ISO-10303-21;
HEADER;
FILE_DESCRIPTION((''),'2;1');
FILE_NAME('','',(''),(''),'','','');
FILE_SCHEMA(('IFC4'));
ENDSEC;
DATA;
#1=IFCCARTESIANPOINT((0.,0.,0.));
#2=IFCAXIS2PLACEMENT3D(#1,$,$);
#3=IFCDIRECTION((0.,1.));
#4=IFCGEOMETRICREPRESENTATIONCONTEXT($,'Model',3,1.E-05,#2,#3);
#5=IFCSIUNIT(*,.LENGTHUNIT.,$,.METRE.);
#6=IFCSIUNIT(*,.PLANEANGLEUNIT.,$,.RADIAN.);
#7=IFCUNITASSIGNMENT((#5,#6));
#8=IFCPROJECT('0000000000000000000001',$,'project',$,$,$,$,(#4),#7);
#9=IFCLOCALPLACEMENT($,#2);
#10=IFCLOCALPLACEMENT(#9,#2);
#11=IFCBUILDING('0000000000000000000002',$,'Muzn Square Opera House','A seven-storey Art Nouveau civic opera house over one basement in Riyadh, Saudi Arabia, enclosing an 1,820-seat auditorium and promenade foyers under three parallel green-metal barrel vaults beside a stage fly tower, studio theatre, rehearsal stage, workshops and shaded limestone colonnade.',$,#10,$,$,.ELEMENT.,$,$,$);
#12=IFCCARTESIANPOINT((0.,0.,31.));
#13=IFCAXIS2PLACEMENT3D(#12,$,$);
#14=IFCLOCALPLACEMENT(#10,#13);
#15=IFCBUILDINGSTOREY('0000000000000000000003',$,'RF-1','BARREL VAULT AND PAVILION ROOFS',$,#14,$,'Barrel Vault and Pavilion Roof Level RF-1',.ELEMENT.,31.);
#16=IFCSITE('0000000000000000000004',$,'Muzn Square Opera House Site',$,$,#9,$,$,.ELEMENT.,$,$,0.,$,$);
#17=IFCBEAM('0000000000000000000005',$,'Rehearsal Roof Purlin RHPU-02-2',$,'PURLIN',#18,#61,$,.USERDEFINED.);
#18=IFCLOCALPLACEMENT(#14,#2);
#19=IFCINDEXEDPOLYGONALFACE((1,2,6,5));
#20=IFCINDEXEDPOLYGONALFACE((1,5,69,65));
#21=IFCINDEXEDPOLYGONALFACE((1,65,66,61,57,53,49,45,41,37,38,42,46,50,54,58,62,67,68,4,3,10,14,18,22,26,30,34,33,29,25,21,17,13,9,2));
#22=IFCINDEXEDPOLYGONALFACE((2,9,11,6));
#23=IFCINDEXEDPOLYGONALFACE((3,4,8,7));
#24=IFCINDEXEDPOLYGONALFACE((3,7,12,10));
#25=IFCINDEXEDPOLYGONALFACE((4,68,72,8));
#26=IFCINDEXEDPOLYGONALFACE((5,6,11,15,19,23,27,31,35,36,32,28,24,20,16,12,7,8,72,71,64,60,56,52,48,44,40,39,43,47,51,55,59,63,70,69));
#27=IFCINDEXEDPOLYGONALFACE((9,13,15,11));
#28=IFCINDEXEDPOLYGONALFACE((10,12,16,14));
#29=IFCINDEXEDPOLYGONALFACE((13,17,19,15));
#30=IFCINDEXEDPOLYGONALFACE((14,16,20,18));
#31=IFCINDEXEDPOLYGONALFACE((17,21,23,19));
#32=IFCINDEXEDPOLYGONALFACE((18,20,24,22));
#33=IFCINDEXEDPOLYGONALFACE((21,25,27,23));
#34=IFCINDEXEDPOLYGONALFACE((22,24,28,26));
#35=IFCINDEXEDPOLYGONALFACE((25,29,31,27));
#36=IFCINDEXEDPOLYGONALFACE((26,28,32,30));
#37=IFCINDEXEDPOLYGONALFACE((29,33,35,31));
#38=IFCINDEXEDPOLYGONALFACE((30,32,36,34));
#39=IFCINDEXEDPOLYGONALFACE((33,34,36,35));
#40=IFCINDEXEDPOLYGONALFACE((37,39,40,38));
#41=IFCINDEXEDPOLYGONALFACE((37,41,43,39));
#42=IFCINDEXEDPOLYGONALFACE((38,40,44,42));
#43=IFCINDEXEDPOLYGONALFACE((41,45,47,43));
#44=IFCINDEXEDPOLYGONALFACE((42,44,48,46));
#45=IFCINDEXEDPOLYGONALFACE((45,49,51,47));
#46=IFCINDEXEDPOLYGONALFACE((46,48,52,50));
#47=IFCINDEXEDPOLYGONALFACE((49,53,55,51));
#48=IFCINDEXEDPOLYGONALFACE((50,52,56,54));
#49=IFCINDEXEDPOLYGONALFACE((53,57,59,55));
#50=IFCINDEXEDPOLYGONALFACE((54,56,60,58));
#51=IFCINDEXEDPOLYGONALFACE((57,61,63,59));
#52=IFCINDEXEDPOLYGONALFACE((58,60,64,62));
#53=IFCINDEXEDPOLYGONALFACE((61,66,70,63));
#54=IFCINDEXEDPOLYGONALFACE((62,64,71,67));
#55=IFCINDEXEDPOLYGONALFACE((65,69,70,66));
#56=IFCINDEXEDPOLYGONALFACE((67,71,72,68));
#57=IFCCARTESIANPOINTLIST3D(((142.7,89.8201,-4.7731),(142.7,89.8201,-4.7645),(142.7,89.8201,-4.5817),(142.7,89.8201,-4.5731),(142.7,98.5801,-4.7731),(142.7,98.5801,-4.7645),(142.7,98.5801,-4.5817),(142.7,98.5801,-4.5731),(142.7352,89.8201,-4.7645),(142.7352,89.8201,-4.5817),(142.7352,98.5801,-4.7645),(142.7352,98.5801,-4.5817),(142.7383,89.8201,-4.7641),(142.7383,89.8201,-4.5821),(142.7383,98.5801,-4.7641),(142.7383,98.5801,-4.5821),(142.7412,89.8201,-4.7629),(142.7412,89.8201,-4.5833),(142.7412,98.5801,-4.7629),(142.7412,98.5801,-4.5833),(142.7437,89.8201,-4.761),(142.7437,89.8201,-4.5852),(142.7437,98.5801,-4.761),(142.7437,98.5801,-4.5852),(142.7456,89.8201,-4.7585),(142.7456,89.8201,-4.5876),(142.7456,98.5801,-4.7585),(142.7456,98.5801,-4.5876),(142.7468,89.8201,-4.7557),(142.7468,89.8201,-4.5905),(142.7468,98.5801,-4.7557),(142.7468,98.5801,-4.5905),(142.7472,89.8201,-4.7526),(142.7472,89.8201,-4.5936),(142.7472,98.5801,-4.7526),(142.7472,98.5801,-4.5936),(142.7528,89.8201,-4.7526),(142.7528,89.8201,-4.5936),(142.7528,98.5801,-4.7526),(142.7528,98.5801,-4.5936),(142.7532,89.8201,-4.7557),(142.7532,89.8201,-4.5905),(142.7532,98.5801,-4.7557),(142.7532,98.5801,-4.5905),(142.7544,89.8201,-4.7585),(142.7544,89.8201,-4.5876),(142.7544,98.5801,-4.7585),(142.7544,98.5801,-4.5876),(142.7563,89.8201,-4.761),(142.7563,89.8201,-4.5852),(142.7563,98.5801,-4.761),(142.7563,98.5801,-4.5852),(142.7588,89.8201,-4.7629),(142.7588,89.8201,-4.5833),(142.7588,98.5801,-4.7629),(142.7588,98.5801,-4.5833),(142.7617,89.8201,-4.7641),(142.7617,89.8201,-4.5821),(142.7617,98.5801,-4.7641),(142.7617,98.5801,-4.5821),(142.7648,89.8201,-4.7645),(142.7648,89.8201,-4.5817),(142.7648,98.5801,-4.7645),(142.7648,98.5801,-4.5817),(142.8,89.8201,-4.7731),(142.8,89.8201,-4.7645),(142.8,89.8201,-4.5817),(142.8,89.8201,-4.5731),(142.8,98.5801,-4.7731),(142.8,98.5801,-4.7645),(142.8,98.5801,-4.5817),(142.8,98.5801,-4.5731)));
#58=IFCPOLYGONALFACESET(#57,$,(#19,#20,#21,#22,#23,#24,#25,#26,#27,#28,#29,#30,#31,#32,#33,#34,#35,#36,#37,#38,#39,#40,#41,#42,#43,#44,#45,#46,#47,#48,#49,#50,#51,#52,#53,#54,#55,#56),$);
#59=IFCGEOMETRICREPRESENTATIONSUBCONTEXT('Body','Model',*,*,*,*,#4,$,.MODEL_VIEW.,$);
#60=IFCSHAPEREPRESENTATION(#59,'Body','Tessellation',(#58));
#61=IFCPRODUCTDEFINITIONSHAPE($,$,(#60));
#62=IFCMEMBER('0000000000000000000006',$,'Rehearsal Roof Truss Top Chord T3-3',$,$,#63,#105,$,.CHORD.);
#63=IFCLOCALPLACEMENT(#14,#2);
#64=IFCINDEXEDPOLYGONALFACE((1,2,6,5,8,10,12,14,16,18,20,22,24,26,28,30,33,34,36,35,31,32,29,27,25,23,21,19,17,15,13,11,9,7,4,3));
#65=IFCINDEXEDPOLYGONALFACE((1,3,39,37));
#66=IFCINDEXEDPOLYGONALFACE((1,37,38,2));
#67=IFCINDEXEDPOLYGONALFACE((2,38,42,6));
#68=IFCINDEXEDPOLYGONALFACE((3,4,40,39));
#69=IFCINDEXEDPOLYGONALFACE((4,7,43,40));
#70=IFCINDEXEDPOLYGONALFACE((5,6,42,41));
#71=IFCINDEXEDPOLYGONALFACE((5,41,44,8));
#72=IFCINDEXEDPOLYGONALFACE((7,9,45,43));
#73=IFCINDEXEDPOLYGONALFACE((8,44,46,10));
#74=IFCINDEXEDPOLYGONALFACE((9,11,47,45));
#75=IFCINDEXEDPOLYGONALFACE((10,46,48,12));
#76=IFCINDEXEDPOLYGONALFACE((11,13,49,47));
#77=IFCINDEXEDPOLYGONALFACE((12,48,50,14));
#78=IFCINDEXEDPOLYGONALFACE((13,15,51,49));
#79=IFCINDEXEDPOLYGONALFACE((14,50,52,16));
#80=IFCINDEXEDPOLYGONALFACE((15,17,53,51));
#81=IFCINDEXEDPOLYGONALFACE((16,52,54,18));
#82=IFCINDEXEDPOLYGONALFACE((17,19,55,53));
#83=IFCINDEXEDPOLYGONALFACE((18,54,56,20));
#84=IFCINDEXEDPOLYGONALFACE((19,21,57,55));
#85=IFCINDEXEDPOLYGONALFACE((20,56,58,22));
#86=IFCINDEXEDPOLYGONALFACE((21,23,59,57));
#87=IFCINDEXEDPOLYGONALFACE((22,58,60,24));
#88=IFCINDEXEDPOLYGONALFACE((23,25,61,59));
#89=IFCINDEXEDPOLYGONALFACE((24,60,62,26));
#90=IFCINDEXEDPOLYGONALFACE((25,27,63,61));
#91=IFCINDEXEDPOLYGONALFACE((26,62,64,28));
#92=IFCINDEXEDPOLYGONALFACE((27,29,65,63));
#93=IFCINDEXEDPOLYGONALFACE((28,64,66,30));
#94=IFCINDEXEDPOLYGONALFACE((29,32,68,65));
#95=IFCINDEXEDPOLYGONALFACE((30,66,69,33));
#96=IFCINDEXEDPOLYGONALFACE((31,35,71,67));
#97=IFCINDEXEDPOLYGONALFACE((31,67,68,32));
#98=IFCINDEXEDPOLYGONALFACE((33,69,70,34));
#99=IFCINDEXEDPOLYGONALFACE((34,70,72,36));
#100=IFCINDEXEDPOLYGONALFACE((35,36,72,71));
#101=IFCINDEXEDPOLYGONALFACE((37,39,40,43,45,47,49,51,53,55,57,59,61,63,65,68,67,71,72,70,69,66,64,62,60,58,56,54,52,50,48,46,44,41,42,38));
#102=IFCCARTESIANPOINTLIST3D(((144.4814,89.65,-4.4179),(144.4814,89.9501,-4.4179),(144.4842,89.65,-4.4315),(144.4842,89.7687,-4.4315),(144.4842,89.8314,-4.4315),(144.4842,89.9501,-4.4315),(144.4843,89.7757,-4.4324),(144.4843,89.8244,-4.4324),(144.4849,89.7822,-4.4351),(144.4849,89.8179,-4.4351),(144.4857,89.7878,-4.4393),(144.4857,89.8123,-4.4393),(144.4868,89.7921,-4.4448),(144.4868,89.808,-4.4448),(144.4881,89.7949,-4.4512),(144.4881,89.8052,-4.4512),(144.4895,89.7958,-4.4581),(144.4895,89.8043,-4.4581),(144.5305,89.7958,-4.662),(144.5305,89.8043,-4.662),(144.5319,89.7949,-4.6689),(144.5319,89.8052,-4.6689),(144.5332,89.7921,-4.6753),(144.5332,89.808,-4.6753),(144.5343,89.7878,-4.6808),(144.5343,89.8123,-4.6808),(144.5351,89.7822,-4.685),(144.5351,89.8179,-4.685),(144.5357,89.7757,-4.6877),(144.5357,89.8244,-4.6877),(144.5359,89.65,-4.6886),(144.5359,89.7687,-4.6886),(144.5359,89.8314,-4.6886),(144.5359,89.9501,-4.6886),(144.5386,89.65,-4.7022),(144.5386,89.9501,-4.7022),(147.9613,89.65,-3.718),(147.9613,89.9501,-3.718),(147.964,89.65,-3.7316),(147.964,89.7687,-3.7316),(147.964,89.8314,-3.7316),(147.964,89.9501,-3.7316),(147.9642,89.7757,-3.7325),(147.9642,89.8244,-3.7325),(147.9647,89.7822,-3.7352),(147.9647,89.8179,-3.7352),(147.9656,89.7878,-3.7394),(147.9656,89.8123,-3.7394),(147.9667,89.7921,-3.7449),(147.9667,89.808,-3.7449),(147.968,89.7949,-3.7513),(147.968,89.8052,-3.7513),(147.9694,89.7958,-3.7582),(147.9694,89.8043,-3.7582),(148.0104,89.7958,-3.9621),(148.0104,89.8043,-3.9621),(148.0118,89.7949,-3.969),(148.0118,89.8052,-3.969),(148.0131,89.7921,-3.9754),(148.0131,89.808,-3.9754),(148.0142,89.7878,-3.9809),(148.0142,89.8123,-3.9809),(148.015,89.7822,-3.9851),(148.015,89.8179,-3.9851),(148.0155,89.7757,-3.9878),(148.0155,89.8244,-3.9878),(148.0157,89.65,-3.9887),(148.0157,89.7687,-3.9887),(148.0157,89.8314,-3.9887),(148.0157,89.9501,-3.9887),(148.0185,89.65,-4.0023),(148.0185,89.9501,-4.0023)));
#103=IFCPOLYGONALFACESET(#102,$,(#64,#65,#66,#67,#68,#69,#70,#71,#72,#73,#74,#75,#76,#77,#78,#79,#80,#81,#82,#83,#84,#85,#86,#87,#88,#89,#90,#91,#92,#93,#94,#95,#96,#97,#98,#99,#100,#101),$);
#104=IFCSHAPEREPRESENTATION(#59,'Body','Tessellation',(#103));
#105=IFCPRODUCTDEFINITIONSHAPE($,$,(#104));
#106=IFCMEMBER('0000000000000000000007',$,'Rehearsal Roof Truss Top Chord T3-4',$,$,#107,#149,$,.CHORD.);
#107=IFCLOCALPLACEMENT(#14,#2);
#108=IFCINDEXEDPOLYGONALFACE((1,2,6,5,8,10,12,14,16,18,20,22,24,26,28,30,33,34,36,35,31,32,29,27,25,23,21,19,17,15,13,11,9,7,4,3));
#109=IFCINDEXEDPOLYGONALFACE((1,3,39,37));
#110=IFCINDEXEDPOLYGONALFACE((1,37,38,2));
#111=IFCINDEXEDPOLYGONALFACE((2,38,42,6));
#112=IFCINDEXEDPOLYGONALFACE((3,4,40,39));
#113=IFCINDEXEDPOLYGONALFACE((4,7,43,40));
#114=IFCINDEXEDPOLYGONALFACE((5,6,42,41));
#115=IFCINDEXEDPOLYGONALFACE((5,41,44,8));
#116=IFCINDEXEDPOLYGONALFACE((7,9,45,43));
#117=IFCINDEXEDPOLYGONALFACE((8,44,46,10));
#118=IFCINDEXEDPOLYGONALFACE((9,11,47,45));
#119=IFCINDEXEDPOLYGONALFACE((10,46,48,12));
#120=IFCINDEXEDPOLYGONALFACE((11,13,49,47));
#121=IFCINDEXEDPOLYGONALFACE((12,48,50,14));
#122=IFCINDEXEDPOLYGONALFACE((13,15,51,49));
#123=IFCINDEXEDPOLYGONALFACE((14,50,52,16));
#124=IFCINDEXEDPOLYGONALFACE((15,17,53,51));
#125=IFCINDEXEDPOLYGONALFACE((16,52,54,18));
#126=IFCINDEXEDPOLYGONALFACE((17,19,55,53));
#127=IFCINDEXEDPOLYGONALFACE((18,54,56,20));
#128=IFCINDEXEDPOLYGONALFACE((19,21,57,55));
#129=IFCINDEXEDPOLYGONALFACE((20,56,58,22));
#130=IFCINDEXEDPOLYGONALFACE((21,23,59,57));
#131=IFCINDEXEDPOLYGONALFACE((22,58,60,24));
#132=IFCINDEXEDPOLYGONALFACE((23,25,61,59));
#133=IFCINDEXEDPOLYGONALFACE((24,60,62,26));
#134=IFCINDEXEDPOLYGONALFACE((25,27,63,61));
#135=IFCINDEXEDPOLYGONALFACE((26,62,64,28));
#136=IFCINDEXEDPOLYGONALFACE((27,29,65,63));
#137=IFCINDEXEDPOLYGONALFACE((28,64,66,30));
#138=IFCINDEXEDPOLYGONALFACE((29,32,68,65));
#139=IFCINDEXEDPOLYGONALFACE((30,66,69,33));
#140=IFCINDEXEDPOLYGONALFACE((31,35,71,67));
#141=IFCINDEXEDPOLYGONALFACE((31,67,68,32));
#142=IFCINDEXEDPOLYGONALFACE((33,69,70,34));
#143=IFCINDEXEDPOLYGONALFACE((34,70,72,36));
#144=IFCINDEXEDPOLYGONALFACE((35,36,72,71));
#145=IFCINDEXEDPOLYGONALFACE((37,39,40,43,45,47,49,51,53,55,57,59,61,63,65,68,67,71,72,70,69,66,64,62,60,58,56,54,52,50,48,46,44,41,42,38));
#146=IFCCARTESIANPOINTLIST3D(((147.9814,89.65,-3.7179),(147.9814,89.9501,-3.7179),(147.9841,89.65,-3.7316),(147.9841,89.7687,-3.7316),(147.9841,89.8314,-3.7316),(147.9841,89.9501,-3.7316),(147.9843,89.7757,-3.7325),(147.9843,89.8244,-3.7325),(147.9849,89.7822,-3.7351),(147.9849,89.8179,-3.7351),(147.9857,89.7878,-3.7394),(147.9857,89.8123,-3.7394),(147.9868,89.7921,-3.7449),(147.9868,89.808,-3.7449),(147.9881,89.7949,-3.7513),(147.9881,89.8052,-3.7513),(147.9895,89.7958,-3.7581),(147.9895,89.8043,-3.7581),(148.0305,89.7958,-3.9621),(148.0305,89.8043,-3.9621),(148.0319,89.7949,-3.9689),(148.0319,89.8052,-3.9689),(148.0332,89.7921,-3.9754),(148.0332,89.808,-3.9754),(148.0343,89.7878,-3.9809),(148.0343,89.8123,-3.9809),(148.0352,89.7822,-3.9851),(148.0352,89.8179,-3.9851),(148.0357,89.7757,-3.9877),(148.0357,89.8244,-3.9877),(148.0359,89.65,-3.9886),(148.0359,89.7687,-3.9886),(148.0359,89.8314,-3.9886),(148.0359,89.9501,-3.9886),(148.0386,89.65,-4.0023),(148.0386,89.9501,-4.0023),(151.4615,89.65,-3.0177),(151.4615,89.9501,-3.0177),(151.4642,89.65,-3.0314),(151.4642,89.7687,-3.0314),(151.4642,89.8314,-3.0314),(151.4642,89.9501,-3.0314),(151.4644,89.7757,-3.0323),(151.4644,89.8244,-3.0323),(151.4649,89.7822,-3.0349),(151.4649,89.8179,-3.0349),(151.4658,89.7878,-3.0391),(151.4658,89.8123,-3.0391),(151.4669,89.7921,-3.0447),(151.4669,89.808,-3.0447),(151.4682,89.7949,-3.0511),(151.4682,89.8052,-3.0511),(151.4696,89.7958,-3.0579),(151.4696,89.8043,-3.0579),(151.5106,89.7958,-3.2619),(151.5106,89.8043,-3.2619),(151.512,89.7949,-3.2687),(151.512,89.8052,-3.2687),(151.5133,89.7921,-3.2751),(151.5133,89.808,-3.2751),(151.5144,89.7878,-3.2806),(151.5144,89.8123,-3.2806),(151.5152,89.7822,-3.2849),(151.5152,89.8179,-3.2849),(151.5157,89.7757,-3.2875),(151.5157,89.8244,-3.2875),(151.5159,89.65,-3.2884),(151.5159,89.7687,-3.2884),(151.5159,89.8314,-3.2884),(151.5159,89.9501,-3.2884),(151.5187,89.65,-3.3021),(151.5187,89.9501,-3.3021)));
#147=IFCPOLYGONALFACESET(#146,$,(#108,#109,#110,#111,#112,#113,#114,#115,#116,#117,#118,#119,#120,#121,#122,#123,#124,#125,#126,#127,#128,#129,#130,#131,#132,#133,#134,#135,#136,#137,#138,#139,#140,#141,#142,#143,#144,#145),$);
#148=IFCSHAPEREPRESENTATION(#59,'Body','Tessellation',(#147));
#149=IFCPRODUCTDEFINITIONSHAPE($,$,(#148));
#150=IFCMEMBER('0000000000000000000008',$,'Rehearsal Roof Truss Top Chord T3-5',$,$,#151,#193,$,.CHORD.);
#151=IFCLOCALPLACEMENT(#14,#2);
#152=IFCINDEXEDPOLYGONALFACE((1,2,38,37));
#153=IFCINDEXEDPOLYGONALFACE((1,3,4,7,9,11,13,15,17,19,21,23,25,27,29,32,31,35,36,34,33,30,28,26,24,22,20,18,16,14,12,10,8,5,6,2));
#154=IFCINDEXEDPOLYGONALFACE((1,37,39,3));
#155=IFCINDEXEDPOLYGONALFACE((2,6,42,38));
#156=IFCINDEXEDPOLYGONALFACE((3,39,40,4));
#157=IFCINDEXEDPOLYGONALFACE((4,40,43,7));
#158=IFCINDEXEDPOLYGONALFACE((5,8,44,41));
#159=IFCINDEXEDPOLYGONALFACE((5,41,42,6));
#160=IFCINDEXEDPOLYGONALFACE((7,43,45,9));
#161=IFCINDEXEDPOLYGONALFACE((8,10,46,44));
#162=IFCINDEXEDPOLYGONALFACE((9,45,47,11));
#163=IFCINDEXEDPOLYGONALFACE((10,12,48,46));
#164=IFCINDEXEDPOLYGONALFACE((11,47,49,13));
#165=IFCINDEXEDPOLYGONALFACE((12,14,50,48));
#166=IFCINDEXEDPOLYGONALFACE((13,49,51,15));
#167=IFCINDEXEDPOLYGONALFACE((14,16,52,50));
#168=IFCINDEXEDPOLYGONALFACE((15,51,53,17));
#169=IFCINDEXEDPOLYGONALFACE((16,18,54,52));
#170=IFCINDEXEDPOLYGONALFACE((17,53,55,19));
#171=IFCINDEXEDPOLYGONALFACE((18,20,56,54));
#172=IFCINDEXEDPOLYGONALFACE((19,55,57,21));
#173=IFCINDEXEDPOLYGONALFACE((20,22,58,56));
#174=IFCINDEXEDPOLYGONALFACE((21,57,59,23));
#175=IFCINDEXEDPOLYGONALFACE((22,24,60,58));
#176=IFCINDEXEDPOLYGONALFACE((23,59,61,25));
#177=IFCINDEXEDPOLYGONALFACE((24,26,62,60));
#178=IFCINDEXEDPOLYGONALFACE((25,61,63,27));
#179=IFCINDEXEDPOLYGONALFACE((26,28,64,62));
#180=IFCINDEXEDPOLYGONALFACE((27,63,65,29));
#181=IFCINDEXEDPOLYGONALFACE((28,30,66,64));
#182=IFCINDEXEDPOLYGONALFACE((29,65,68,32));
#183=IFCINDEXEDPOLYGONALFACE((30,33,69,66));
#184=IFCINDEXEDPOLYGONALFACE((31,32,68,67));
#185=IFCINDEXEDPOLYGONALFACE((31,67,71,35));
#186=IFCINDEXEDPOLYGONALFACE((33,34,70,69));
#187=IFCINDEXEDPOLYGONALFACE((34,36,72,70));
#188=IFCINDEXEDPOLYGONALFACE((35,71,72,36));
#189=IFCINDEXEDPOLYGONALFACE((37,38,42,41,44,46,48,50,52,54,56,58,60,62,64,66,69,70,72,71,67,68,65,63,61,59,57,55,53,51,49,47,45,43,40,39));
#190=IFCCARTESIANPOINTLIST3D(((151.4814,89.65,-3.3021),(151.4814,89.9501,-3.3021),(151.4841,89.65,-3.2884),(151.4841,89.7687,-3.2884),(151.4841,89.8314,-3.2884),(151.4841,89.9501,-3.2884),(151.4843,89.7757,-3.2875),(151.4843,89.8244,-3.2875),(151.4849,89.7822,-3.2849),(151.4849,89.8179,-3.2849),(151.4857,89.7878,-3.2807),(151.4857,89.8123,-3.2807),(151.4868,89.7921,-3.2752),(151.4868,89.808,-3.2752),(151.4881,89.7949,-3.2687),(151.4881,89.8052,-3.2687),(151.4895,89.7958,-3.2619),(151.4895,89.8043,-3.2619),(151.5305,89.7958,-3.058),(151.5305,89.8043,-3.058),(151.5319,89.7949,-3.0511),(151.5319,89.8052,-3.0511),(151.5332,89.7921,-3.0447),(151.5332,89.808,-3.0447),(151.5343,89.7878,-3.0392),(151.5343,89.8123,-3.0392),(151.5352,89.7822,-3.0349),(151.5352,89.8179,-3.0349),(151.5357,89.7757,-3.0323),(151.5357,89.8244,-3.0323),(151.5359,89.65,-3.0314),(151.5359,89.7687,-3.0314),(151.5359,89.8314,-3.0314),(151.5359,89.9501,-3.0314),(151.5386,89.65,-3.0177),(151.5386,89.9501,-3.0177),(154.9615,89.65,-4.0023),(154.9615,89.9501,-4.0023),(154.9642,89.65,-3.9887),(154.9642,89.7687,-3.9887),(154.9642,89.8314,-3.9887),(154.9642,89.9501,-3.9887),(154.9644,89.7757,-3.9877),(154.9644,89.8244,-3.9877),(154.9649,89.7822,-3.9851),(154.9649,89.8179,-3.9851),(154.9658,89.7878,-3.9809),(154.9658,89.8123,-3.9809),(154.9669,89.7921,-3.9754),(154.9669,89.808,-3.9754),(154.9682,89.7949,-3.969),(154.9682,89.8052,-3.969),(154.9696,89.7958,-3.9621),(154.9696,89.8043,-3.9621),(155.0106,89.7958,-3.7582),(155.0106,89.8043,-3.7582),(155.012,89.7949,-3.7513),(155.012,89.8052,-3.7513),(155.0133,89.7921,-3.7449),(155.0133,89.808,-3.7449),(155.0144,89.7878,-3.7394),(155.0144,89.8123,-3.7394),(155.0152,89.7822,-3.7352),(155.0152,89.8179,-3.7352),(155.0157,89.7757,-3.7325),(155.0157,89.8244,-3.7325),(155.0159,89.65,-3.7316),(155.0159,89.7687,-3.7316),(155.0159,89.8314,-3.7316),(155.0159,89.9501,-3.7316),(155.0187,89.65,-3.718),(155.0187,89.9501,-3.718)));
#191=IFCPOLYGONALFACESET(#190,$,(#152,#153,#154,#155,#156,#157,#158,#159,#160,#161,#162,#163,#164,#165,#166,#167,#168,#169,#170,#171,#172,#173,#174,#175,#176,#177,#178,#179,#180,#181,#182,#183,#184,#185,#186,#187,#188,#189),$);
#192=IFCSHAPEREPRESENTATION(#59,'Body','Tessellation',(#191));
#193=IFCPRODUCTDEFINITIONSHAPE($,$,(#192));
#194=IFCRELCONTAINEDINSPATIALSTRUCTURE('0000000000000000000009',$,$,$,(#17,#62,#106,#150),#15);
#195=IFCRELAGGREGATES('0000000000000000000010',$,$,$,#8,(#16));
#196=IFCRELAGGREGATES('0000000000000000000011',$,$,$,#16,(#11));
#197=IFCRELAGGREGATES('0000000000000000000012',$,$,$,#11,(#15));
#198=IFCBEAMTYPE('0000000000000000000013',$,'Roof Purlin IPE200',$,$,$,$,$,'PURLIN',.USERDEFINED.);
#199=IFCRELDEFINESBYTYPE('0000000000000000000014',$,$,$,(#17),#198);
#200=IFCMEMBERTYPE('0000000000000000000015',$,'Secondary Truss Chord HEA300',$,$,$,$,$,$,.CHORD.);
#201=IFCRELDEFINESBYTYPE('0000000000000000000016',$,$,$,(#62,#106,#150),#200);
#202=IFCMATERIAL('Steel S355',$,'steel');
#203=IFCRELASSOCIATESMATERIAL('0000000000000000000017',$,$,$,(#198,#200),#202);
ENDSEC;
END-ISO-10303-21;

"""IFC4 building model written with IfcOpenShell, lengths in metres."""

from ifc_helpers import new_model, si_unit, direction, frame, origin, origin_2d, place, context, subcontext, project, spatial, i_section, extrude, material, material_profile, profile_set, type_object, element, save


model = new_model("IFC4")

# Units and contexts
model_context = context("Model", 3, precision=1e-05, world=origin(), true_north=direction((0.0, 1.0)))
body_context = subcontext(model_context, "Body", "Model", "MODEL_VIEW")
ifc_project = project(units=[si_unit("LENGTHUNIT", "METRE"), si_unit("PLANEANGLEUNIT", "RADIAN")], contexts=[model_context])

# Site, building, storey
site_placement = place(None, origin())
site = spatial("IfcSite", under=ifc_project, at=site_placement, Name="Muzn Square Opera House Site", CompositionType="ELEMENT", RefElevation=0.0)
building_placement = place(site_placement, origin())
building = spatial("IfcBuilding", under=site, at=building_placement, Name="Muzn Square Opera House", Description="A seven-storey Art Nouveau civic opera house over one basement in Riyadh, Saudi Arabia, enclosing an 1,820-seat auditorium and promenade foyers under three parallel green-metal barrel vaults beside a stage fly tower, studio theatre, rehearsal stage, workshops and shaded limestone colonnade.", CompositionType="ELEMENT")
storey_placement = place(building_placement, frame((0.0, 0.0, 31.0)))
storey = spatial("IfcBuildingStorey", under=building, at=storey_placement, Name="RF-1", Description="BARREL VAULT AND PAVILION ROOFS", LongName="Barrel Vault and Pavilion Roof Level RF-1", CompositionType="ELEMENT", Elevation=31.0)

# Shared definitions
ifc_material = material(Name="Steel S355", Category="steel")

# Beam
ifc_material_profile_1 = material_profile(ifc_material, i_section(OverallWidth=0.1001, OverallDepth=0.2, WebThickness=0.0056, FlangeThickness=0.0085, FilletRadius=0.012, at=origin_2d()), Name="IPE 200", Category="steel")
ifc_profile_set_1 = profile_set([ifc_material_profile_1], Name="Steel S355")
beam_type = type_object("IfcBeamType", Name="Roof Purlin IPE200", ElementType="PURLIN", PredefinedType="USERDEFINED", material=ifc_profile_set_1)
for number, where, z_axis, x_axis, name in (
    (1, (142.75, 89.8201, -4.6731), (0.0, 1.0, 0.0), (-1.0, 0.0, 0.0), "Rehearsal Roof Purlin RHPU-02-2"),
):
    element("IfcBeam", number, at=place(storey_placement, frame(where, z_axis=z_axis, x_axis=x_axis)), inside=storey, type_object=beam_type, Name=name, ObjectType="PURLIN", PredefinedType="USERDEFINED", context=body_context, shape_type="SweptSolid", body=[
        extrude(i_section(OverallWidth=0.1001, OverallDepth=0.2, WebThickness=0.0056, FlangeThickness=0.0085, FilletRadius=0.012, at=origin_2d()), origin(), (0.0, 0.0, 1.0), 8.76),
    ])

# Members
ifc_material_profile_2 = material_profile(ifc_material, i_section(OverallWidth=0.3, OverallDepth=0.29, WebThickness=0.0085, FlangeThickness=0.0139, FilletRadius=0.0271, at=origin_2d()), Name="HEA 300", Category="steel")
ifc_profile_set_2 = profile_set([ifc_material_profile_2], Name="Steel S355")
member_type_1 = type_object("IfcMemberType", Name="Secondary Truss Chord HEA300", PredefinedType="CHORD", material=ifc_profile_set_2)
member_1_placement = place(storey_placement, frame((144.51, 89.8, -4.5601), z_axis=(0.980366, 0.0, 0.197187), x_axis=(0.0, 1.0, 0.0)))
element("IfcMember", 2, at=member_1_placement, inside=storey, type_object=member_type_1, Name="Rehearsal Roof Truss Top Chord T3-3", PredefinedType="CHORD", context=body_context, shape_type="SweptSolid", body=[
    extrude(i_section(OverallWidth=0.3, OverallDepth=0.29, WebThickness=0.0085, FlangeThickness=0.0139, FilletRadius=0.0271, at=origin_2d()), origin(), (0.0, 0.0, 1.0), 3.5496),
])
for number, where, z_axis, x_axis, name in (
    (3, (148.01, 89.8, -3.8601), (0.980353, 0.0, 0.197253), (0.0, 1.0, 0.0), "Rehearsal Roof Truss Top Chord T3-4"),
    (4, (151.51, 89.8, -3.1599), (0.980353, 0.0, -0.197253), (0.0, 1.0, 0.0), "Rehearsal Roof Truss Top Chord T3-5"),
):
    element("IfcMember", number, at=place(storey_placement, frame(where, z_axis=z_axis, x_axis=x_axis)), inside=storey, type_object=member_type_1, Name=name, PredefinedType="CHORD", context=body_context, shape_type="SweptSolid", body=[
        extrude(i_section(OverallWidth=0.3, OverallDepth=0.29, WebThickness=0.0085, FlangeThickness=0.0139, FilletRadius=0.0271, at=origin_2d()), origin(), (0.0, 0.0, 1.0), 3.5498),
    ])

save(model, "model.ifc")
